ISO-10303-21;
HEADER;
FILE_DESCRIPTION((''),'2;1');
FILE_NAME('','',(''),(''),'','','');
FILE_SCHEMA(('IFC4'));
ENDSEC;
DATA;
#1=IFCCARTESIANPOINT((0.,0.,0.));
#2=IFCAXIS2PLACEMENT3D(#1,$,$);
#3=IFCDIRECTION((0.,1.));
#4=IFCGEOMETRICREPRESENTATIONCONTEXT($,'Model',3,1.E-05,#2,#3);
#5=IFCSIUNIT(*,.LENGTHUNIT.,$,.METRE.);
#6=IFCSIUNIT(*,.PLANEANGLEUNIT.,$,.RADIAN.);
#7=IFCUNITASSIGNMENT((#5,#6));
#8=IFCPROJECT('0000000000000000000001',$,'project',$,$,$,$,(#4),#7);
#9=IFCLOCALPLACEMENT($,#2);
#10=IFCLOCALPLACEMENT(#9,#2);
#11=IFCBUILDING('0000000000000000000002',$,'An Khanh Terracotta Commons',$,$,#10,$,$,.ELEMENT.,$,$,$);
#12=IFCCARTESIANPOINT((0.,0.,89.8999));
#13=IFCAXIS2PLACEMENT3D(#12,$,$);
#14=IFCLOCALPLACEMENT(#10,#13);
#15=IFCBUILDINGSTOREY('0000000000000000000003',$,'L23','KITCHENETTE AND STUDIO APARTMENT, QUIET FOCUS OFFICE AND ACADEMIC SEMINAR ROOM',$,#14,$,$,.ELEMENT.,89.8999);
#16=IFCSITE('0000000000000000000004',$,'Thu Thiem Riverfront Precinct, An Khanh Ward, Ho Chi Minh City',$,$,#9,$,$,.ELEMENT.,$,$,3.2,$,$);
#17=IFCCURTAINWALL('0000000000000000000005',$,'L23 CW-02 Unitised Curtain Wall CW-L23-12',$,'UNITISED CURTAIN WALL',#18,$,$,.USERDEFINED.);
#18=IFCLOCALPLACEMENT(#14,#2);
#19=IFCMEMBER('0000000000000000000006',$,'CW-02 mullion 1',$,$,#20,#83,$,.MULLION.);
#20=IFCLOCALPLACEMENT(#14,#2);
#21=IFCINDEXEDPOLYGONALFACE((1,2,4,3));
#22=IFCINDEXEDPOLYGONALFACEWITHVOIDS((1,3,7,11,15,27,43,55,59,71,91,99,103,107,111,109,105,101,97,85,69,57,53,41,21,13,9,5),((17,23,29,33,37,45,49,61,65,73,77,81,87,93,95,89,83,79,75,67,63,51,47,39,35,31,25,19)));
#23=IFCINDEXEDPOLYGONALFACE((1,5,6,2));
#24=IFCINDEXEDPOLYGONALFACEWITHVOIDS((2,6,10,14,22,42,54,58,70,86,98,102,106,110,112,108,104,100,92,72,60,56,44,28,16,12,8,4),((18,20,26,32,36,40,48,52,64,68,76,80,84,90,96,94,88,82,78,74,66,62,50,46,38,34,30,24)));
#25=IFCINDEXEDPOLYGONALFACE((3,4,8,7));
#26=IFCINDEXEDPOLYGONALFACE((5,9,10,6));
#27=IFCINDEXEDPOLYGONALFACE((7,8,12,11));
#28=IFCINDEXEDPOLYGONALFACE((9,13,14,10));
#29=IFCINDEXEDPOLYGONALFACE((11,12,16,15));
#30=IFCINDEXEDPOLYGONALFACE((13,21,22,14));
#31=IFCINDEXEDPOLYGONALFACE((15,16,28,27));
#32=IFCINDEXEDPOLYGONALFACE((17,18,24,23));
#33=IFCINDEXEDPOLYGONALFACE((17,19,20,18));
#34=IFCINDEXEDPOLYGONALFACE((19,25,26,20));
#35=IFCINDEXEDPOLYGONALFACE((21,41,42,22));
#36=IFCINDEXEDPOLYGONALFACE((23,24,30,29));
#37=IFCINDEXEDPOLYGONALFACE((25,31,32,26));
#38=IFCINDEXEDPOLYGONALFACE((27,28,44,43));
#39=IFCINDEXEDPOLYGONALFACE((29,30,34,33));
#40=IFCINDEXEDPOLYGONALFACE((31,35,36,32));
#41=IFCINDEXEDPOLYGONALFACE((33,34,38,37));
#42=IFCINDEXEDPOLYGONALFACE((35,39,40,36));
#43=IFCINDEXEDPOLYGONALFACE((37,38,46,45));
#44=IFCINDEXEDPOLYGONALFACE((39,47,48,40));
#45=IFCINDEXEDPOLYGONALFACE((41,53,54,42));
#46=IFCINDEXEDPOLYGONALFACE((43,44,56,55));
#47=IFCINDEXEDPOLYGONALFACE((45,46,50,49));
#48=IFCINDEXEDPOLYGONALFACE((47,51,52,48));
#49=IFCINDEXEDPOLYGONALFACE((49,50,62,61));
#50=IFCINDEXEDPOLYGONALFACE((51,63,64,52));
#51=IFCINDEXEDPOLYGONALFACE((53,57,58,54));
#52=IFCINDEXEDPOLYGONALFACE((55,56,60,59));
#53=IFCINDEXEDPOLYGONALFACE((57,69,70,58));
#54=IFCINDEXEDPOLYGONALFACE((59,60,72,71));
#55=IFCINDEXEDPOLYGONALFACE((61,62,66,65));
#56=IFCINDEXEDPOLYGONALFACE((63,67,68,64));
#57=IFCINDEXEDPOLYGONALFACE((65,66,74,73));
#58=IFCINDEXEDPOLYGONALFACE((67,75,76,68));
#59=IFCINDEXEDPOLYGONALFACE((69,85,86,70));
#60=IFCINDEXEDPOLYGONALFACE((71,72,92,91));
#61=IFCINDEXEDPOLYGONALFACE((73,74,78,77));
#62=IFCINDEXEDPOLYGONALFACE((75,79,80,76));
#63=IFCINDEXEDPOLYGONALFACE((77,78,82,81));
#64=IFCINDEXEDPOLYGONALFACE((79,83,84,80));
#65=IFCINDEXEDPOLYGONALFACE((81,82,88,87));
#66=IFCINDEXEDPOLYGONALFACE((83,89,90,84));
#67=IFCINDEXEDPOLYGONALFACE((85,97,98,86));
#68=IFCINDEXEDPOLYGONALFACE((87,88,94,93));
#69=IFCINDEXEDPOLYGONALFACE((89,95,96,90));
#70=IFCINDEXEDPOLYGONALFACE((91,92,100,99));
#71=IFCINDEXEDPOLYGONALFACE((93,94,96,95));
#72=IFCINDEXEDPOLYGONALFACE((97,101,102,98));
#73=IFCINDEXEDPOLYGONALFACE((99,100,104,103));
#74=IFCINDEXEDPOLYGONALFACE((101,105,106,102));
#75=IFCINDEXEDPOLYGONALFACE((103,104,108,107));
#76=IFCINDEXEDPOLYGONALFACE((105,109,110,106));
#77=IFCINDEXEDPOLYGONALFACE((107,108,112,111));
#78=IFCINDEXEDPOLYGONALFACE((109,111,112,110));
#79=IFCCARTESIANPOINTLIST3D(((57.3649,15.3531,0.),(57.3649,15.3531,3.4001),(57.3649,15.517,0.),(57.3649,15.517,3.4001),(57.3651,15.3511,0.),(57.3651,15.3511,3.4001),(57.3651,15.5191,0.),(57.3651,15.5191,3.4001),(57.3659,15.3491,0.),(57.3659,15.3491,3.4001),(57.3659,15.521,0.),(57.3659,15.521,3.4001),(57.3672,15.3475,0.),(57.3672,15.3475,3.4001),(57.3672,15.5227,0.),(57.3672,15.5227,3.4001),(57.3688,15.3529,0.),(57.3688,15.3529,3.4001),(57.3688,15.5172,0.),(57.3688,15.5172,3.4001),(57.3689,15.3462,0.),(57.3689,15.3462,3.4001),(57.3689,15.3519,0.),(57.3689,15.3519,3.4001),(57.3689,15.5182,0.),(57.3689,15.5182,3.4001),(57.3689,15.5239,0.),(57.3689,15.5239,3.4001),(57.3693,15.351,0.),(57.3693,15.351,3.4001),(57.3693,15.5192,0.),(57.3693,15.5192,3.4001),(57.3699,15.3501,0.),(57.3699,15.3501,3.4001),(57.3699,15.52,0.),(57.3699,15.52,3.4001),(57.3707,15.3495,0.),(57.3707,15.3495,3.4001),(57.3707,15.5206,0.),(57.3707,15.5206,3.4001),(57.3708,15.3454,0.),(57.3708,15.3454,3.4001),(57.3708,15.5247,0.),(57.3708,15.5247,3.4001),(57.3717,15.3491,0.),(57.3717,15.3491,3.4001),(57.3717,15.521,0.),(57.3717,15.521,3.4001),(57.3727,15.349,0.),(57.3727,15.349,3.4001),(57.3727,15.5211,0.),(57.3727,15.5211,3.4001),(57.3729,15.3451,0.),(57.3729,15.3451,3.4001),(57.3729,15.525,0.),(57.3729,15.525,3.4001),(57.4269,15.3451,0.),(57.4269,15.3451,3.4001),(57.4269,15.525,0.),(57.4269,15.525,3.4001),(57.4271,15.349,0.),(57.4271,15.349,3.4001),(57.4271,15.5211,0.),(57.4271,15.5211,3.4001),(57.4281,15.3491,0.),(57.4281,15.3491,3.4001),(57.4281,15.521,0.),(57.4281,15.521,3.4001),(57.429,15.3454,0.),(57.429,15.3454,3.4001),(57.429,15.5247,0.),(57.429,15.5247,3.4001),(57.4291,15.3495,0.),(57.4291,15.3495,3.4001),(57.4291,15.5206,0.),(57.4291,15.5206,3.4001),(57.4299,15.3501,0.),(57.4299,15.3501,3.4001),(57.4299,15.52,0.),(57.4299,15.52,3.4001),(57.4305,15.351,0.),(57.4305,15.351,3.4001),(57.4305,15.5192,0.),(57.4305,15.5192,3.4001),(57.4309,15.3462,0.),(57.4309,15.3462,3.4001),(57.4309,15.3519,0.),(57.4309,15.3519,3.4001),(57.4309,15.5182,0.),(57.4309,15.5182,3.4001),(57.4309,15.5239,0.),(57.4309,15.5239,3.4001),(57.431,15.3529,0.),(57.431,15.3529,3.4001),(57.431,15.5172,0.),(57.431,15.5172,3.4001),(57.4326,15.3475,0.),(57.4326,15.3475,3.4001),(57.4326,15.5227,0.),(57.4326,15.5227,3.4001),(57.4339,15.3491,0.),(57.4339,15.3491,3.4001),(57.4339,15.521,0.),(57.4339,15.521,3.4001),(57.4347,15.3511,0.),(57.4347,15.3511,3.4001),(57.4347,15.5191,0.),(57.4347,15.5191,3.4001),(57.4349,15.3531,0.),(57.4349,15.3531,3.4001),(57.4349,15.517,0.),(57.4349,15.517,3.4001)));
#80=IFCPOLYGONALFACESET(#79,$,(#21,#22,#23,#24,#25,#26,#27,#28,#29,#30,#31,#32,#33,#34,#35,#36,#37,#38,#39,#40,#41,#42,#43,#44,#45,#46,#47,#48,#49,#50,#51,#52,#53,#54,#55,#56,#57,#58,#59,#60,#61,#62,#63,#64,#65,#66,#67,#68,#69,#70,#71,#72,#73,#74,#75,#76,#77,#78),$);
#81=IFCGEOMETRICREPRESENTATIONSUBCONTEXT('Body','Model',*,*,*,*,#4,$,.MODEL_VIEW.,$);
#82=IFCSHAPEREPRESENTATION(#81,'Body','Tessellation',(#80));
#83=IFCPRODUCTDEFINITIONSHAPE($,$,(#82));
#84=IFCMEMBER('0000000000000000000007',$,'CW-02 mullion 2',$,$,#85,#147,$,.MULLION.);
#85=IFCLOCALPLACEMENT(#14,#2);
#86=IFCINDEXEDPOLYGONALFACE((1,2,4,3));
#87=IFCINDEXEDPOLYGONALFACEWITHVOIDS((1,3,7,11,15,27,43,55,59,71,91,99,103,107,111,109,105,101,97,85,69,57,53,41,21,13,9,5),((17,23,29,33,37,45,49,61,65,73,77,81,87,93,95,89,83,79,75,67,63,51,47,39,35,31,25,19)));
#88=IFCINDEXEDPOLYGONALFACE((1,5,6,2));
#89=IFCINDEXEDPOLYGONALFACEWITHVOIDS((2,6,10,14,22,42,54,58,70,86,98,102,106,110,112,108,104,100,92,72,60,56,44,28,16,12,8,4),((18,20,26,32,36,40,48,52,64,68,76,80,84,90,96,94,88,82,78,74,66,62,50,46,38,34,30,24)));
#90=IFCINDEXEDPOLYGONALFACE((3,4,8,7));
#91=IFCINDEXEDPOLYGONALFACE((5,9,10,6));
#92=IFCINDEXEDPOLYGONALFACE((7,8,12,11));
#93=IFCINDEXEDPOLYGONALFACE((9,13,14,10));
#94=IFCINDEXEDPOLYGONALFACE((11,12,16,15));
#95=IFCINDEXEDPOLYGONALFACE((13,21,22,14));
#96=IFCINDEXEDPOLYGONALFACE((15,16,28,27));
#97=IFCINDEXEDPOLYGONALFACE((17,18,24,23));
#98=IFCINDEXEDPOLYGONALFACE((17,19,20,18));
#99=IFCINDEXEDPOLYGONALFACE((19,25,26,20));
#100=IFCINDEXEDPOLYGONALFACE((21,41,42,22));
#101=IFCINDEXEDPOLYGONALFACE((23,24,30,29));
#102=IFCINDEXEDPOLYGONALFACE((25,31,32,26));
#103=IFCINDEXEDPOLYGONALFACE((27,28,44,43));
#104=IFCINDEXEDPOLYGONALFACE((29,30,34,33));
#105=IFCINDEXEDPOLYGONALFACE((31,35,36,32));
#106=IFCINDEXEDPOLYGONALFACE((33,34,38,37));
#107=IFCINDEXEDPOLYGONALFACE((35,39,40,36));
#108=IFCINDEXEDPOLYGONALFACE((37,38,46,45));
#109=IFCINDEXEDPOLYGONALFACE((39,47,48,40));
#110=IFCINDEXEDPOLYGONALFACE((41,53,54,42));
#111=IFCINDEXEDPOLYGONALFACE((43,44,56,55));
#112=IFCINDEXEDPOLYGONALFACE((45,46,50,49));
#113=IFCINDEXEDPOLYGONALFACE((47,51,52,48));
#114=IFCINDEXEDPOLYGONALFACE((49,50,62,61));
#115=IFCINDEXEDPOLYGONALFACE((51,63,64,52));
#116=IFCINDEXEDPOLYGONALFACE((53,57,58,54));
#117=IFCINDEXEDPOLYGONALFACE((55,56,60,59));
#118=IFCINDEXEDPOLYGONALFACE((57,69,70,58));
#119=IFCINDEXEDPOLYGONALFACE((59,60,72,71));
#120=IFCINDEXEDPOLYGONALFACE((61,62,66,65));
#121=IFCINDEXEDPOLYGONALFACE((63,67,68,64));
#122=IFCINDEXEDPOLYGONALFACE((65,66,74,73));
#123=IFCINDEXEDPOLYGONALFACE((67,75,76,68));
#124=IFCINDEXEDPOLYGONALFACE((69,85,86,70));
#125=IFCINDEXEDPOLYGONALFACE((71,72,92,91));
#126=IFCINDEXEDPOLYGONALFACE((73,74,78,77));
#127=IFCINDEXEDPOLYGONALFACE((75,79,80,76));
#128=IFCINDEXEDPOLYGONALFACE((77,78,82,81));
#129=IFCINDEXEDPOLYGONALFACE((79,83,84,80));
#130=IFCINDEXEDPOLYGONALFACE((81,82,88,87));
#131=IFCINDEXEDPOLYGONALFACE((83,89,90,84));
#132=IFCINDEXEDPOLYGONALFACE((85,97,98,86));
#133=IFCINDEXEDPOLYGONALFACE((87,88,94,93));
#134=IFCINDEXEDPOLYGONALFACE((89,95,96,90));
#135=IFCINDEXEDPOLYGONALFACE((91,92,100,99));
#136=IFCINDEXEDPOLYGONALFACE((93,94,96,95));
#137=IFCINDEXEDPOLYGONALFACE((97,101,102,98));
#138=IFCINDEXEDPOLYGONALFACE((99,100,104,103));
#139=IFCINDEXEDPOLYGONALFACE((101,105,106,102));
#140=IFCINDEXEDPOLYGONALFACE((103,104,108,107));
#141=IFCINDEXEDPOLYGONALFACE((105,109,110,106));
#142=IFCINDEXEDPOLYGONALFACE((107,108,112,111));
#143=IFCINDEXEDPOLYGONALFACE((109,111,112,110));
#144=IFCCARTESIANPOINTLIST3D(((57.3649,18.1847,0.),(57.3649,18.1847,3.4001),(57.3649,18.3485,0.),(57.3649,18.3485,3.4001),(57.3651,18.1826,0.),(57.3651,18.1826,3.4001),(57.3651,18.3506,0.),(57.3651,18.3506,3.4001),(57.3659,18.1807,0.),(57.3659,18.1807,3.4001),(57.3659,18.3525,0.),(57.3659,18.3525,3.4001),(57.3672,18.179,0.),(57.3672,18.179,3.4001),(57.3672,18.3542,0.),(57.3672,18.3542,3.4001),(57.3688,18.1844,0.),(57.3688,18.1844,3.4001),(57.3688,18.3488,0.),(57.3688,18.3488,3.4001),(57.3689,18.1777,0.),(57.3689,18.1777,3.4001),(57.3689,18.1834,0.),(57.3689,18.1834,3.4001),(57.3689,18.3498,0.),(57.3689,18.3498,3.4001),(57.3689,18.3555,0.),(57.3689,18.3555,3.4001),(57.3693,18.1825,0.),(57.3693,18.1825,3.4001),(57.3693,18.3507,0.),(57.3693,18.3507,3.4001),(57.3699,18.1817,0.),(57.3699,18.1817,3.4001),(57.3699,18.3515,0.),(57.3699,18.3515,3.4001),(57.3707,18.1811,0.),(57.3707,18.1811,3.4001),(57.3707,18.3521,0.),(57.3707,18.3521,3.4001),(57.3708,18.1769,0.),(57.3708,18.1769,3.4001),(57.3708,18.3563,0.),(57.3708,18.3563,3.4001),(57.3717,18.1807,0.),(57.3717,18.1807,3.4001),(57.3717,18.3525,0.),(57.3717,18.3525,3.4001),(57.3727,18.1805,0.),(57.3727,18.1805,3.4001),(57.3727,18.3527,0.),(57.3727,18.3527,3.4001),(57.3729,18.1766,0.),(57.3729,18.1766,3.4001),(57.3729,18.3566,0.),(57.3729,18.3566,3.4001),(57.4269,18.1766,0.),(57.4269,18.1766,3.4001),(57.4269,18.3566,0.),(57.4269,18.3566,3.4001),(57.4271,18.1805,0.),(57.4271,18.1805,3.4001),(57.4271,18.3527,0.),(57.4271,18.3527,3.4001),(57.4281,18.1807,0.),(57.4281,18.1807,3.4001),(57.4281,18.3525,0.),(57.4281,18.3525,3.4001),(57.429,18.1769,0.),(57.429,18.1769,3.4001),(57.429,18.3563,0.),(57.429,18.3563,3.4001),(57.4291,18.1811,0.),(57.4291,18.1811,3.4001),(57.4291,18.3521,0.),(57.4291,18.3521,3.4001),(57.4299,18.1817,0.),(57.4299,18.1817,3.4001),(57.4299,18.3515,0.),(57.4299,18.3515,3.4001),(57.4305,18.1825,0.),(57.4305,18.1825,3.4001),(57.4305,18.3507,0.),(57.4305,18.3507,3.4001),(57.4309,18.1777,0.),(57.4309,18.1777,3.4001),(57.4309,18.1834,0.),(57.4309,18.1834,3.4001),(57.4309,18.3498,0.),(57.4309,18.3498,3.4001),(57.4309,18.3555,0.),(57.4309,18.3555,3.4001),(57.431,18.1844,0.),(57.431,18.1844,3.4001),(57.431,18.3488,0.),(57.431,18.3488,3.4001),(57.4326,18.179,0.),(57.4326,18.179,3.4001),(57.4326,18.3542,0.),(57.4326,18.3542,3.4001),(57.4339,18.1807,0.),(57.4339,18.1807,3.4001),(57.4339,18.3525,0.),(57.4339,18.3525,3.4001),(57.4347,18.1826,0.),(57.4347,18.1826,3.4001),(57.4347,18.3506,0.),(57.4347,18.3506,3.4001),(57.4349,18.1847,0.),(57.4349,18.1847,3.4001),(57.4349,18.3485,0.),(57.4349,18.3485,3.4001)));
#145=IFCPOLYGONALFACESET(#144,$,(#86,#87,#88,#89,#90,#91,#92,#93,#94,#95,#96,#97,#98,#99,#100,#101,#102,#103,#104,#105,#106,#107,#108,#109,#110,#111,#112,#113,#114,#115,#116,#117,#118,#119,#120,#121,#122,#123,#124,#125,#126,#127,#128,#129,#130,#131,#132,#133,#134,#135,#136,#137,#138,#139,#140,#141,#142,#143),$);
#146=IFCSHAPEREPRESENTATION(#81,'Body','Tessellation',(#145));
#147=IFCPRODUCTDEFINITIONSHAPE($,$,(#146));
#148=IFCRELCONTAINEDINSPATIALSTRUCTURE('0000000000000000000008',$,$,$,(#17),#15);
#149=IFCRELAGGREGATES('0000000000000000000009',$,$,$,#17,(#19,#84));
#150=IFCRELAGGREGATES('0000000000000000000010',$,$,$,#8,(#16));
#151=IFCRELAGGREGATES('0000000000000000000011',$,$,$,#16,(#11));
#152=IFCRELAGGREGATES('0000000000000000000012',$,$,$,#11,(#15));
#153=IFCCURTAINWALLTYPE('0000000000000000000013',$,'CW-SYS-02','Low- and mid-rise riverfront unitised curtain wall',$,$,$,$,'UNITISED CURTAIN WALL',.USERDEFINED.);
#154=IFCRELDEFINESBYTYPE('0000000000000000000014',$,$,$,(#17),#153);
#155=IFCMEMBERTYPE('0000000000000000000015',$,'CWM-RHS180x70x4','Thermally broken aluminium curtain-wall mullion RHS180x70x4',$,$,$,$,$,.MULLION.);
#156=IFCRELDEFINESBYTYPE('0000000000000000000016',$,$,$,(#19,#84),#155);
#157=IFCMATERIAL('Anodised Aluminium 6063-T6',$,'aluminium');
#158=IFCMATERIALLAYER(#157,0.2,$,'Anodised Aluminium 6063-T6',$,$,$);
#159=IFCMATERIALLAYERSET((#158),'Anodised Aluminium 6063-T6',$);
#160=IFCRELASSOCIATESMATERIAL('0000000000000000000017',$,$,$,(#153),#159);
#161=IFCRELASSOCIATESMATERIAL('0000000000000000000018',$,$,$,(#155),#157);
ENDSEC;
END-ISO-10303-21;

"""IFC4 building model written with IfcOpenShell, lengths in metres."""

from ifc_helpers import new_model, si_unit, direction, frame, origin, origin_2d, place, context, subcontext, project, spatial, hollow_rectangle, extrude, material, layer, layer_set, material_profile, profile_set, type_object, element, aggregate, save


model = new_model("IFC4")

# Units and contexts
model_context = context("Model", 3, precision=1e-05, world=origin(), true_north=direction((0.0, 1.0)))
body_context = subcontext(model_context, "Body", "Model", "MODEL_VIEW")
ifc_project = project(units=[si_unit("LENGTHUNIT", "METRE"), si_unit("PLANEANGLEUNIT", "RADIAN")], contexts=[model_context])

# Site, building, storey
site_placement = place(None, origin())
site = spatial("IfcSite", under=ifc_project, at=site_placement, Name="Thu Thiem Riverfront Precinct, An Khanh Ward, Ho Chi Minh City", CompositionType="ELEMENT", RefElevation=3.2)
building_placement = place(site_placement, origin())
building = spatial("IfcBuilding", under=site, at=building_placement, Name="An Khanh Terracotta Commons", CompositionType="ELEMENT")
storey_placement = place(building_placement, frame((0.0, 0.0, 89.8999)))
storey = spatial("IfcBuildingStorey", under=building, at=storey_placement, Name="L23", Description="KITCHENETTE AND STUDIO APARTMENT, QUIET FOCUS OFFICE AND ACADEMIC SEMINAR ROOM", CompositionType="ELEMENT", Elevation=89.8999)

# Curtain wall, members
ifc_material_1 = material(Name="Anodised Aluminium 6063-T6", Category="aluminium")
ifc_layer_1 = layer(ifc_material_1, 0.2, Name="Anodised Aluminium 6063-T6")
ifc_layer_set_1 = layer_set([ifc_layer_1], Name="Anodised Aluminium 6063-T6")
curtain_wall_type = type_object("IfcCurtainWallType", Name="CW-SYS-02", Description="Low- and mid-rise riverfront unitised curtain wall", ElementType="UNITISED CURTAIN WALL", PredefinedType="USERDEFINED", material=ifc_layer_set_1)
ifc_material_profile_1 = material_profile(ifc_material_1, hollow_rectangle(XDim=0.0701, YDim=0.1799, WallThickness=0.0039, InnerFilletRadius=0.0039, OuterFilletRadius=0.0081, at=origin_2d()), Name="RHS180x70x4")
ifc_profile_set_1 = profile_set([ifc_material_profile_1], Name="Anodised Aluminium 6063-T6")
member_type_1 = type_object("IfcMemberType", Name="CWM-RHS180x70x4", Description="Thermally broken aluminium curtain-wall mullion RHS180x70x4", PredefinedType="MULLION", material=ifc_profile_set_1)
curtain_wall_1_placement = place(storey_placement, origin())
curtain_wall_1 = element("IfcCurtainWall", 1, at=curtain_wall_1_placement, inside=storey, type_object=curtain_wall_type, Name="L23 CW-02 Unitised Curtain Wall CW-L23-12", ObjectType="UNITISED CURTAIN WALL", PredefinedType="USERDEFINED")
member_1_placement = place(storey_placement, frame((57.3999, 15.4351, 0.0), z_axis=(0.0, 0.0, 1.0), x_axis=(-1.0, 0.0, 0.0)))
member_1 = element("IfcMember", 2, at=member_1_placement, type_object=member_type_1, Name="CW-02 mullion 1", PredefinedType="MULLION", context=body_context, shape_type="SweptSolid", body=[
    extrude(hollow_rectangle(XDim=0.0701, YDim=0.1799, WallThickness=0.0039, InnerFilletRadius=0.0039, OuterFilletRadius=0.0081, at=origin_2d()), origin(), (0.0, 0.0, 1.0), 3.4001),
])
member_2_placement = place(storey_placement, frame((57.3999, 18.2666, 0.0), z_axis=(0.0, 0.0, 1.0), x_axis=(-1.0, 0.0, 0.0)))
member_2 = element("IfcMember", 3, at=member_2_placement, type_object=member_type_1, Name="CW-02 mullion 2", PredefinedType="MULLION", context=body_context, shape_type="SweptSolid", body=[
    extrude(hollow_rectangle(XDim=0.0701, YDim=0.1799, WallThickness=0.0039, InnerFilletRadius=0.0039, OuterFilletRadius=0.0081, at=origin_2d()), origin(), (0.0, 0.0, 1.0), 3.4001),
])

aggregate(curtain_wall_1, [member_1, member_2])

save(model, "model.ifc")
